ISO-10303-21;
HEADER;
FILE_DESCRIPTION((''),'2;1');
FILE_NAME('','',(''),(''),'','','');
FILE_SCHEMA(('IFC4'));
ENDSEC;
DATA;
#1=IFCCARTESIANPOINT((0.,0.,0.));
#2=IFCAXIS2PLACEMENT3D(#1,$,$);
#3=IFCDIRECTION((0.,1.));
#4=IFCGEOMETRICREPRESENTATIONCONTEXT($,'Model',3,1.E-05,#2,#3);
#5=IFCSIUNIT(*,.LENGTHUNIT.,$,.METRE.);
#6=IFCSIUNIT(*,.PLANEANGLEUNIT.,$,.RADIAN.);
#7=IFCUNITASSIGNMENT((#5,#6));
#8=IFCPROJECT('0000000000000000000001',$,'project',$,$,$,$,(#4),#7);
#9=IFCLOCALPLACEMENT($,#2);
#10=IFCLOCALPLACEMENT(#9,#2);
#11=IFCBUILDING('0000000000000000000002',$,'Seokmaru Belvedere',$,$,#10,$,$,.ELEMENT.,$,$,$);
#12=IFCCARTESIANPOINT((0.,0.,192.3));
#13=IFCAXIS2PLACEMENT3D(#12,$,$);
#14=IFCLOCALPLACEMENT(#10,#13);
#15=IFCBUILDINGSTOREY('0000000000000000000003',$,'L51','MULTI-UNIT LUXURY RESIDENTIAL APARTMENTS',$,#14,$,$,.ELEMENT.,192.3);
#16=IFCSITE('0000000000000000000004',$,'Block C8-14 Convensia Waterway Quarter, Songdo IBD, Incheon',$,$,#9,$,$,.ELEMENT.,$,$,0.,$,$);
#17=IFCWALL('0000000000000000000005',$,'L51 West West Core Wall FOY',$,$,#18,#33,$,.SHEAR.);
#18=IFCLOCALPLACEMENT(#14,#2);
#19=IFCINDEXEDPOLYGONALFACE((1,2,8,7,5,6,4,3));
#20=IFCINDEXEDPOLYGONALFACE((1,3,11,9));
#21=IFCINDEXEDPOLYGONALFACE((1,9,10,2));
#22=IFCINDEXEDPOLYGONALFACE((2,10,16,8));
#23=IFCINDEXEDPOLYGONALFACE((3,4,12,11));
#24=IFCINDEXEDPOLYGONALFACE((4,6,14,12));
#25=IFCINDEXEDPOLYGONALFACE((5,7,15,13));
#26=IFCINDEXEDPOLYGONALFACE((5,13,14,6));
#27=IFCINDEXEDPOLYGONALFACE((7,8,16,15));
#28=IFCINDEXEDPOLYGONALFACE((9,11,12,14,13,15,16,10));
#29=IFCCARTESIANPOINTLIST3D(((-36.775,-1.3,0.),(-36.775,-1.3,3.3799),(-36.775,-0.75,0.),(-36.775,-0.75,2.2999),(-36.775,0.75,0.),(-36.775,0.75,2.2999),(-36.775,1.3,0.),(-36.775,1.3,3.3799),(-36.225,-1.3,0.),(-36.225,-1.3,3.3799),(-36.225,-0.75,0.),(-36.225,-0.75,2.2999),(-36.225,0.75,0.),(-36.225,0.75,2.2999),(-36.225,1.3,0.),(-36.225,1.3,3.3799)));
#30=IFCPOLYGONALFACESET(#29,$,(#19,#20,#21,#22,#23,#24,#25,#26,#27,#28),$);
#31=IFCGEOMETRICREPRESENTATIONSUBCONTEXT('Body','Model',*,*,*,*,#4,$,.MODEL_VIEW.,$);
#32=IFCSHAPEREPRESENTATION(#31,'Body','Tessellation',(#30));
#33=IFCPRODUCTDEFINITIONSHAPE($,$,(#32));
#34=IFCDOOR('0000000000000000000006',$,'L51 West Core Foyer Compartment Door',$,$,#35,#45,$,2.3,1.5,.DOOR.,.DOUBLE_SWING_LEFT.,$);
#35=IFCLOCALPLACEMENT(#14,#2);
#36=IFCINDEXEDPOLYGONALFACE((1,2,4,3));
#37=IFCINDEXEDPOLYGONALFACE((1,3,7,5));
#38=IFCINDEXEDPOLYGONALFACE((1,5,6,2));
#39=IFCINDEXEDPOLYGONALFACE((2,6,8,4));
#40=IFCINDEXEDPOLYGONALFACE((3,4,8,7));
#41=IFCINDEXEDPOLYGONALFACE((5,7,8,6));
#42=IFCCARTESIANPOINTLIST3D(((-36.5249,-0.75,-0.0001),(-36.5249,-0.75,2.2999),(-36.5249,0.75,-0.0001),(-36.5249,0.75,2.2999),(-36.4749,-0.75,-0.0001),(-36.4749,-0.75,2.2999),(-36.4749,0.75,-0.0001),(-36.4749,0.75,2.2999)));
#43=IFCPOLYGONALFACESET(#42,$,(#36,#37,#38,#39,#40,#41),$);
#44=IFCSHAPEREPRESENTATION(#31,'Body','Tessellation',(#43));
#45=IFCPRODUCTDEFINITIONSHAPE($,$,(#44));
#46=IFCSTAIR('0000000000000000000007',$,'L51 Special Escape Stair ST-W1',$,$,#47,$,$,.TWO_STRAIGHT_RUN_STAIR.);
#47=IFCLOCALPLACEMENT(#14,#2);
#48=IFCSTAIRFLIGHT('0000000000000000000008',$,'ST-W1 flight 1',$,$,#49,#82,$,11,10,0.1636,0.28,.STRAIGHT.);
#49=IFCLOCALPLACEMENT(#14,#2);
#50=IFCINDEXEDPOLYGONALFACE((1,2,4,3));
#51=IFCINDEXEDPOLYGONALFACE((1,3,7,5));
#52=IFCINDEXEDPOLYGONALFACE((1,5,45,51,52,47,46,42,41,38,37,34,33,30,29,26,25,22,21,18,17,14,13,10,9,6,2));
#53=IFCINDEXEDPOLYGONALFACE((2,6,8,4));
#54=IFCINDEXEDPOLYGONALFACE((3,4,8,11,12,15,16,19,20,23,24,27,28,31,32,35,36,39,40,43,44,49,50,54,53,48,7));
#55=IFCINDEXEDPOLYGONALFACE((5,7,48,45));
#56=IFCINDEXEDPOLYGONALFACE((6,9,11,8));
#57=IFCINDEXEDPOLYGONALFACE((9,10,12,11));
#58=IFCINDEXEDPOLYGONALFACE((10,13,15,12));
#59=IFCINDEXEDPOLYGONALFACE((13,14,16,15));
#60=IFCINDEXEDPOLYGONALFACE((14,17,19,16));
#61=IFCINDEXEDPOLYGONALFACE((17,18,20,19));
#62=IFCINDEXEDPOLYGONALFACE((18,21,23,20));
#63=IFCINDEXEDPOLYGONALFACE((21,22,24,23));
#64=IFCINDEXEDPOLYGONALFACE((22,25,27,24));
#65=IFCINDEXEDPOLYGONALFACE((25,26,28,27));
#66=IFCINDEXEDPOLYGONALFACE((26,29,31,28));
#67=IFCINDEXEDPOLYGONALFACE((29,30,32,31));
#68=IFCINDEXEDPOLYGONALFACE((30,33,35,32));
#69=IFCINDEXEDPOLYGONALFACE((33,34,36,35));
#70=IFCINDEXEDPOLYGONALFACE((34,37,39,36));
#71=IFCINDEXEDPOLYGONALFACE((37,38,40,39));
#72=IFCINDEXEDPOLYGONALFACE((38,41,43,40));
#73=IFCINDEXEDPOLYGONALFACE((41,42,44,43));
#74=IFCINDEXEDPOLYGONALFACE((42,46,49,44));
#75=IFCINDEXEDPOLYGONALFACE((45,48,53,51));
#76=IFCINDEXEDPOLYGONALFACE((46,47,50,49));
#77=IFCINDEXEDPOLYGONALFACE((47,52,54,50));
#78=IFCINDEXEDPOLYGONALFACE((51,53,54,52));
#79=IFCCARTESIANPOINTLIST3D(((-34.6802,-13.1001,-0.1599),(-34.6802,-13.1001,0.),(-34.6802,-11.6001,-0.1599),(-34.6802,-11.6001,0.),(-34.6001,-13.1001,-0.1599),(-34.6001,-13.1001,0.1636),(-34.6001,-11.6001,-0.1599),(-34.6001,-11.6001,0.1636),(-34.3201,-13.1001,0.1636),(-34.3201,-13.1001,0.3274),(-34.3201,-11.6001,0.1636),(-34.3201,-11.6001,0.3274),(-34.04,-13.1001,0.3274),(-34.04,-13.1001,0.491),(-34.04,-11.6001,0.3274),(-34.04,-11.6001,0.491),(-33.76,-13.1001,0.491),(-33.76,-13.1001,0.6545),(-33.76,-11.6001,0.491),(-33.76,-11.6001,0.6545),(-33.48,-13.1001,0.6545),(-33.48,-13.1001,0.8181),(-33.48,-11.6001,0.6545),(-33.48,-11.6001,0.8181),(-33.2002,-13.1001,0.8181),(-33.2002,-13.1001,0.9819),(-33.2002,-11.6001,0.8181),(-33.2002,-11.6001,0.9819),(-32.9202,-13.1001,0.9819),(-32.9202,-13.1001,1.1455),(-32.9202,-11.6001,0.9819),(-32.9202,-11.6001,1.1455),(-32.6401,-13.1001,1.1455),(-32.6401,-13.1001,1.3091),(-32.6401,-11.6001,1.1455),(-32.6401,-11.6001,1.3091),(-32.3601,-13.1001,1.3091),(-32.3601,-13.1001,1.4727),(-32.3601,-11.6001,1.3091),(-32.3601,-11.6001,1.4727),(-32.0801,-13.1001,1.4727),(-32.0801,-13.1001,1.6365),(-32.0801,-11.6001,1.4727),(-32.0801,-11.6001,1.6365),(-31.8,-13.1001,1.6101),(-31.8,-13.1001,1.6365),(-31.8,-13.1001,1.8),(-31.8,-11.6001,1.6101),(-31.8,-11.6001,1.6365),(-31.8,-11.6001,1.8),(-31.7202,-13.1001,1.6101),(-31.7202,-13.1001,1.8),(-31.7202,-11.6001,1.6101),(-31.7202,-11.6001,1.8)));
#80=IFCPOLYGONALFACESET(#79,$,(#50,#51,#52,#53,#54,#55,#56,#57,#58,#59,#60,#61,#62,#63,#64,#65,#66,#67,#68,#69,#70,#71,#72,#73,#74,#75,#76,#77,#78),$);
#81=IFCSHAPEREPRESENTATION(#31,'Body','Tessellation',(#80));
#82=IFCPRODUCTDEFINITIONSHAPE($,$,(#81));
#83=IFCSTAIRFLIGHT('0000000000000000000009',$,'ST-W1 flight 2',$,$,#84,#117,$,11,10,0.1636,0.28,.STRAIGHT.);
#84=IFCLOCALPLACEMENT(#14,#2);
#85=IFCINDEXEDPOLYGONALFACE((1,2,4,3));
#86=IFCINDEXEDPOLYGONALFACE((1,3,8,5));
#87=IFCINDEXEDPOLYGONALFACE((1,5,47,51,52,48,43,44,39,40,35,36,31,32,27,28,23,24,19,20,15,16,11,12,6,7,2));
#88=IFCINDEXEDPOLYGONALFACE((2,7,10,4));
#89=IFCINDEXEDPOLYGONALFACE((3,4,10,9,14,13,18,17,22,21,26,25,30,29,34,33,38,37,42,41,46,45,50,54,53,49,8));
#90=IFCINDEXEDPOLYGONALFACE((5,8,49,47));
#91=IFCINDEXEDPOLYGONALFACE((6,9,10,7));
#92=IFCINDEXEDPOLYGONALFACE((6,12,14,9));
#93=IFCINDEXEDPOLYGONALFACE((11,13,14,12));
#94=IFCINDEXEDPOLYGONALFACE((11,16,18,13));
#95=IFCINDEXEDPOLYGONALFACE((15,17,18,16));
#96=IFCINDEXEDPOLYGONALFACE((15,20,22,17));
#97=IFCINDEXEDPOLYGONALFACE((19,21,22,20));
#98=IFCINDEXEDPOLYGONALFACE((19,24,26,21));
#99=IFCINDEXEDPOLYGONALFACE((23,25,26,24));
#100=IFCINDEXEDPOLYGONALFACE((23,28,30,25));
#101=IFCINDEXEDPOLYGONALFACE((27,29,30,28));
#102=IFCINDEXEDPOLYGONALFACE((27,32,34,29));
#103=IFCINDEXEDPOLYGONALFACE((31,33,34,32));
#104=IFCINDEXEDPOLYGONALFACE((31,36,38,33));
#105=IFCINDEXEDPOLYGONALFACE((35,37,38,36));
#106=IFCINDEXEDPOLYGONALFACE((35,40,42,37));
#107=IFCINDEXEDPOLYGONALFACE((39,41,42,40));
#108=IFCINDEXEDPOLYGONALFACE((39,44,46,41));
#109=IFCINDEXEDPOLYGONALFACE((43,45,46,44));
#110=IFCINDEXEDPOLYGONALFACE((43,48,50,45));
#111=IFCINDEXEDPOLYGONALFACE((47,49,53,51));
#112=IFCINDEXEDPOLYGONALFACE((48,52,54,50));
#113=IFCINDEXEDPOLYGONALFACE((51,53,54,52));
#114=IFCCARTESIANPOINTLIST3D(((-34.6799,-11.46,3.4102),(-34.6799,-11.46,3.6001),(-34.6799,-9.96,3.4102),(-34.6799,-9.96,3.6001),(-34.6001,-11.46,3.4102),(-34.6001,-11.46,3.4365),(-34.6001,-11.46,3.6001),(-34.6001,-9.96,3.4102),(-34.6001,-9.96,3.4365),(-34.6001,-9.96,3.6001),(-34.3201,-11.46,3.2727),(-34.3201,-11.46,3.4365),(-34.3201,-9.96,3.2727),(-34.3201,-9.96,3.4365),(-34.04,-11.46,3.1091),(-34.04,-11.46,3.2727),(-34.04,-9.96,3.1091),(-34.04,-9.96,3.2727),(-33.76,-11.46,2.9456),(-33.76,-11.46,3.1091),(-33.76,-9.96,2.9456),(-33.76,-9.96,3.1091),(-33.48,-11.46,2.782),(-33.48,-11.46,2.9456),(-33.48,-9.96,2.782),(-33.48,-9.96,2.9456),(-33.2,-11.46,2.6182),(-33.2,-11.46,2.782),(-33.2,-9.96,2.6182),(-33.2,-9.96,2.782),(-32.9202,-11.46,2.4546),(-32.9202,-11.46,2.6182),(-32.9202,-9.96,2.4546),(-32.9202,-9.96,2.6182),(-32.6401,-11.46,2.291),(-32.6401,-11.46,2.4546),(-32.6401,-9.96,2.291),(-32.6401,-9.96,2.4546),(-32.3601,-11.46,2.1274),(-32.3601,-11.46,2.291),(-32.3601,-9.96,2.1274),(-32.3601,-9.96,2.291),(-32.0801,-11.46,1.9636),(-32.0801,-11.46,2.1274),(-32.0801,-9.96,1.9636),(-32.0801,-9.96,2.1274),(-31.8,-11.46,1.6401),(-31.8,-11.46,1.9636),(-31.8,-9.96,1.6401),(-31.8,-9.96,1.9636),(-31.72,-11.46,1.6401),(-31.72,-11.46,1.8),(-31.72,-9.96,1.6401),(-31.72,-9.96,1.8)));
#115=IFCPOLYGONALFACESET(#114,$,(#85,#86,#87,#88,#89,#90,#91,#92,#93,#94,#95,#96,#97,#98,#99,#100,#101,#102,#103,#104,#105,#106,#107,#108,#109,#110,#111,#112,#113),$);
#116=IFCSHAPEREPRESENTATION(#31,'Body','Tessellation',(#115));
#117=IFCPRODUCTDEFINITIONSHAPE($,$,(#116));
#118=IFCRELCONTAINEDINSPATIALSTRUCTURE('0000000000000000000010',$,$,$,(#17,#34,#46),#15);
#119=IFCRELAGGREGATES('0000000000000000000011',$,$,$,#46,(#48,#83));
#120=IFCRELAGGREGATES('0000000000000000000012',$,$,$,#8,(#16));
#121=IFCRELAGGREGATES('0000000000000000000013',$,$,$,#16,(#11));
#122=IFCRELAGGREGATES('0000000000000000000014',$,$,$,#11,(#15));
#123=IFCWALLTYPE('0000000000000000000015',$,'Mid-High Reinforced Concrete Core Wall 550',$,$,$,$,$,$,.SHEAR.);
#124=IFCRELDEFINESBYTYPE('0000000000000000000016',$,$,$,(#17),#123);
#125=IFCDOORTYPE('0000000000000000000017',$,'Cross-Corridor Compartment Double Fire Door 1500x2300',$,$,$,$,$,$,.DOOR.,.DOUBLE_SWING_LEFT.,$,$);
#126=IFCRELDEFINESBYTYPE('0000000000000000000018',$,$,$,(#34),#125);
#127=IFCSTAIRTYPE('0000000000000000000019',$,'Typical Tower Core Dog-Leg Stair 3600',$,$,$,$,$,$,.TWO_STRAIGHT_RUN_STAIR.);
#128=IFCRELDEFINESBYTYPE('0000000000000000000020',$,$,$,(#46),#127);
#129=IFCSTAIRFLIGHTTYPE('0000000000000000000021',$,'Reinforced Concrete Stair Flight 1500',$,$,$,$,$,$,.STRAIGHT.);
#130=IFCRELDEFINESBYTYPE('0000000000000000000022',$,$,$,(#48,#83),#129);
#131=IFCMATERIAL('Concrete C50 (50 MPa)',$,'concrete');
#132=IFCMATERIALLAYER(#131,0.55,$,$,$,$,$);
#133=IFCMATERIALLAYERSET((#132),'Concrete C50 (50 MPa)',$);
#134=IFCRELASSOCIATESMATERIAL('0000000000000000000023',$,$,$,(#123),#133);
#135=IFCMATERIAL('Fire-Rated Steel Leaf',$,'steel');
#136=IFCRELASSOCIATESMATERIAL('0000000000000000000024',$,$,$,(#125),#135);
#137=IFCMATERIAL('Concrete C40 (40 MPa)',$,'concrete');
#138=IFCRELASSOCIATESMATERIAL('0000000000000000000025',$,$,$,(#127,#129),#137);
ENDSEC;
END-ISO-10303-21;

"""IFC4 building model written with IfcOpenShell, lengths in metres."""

from ifc_helpers import new_model, si_unit, direction, frame, frame_2d, origin, place, context, subcontext, project, spatial, polyline, rectangle, outline, extrude, source, transform, mapped, material, layer, layer_set, type_object, type_shapes, element, fill, aggregate, save


model = new_model("IFC4")

# Units and contexts
model_context = context("Model", 3, precision=1e-05, world=origin(), true_north=direction((0.0, 1.0)))
body_context = subcontext(model_context, "Body", "Model", "MODEL_VIEW")
ifc_project = project(units=[si_unit("LENGTHUNIT", "METRE"), si_unit("PLANEANGLEUNIT", "RADIAN")], contexts=[model_context])

# Site, building, storey
site_placement = place(None, origin())
site = spatial("IfcSite", under=ifc_project, at=site_placement, Name="Block C8-14 Convensia Waterway Quarter, Songdo IBD, Incheon", CompositionType="ELEMENT", RefElevation=0.0)
building_placement = place(site_placement, origin())
building = spatial("IfcBuilding", under=site, at=building_placement, Name="Seokmaru Belvedere", CompositionType="ELEMENT")
storey_placement = place(building_placement, frame((0.0, 0.0, 192.3)))
storey = spatial("IfcBuildingStorey", under=building, at=storey_placement, Name="L51", Description="MULTI-UNIT LUXURY RESIDENTIAL APARTMENTS", CompositionType="ELEMENT", Elevation=192.3)

# Shared definitions
ifc_material_1 = material(Name="Fire-Rated Steel Leaf", Category="steel")

# Wall, opening, door
ifc_material_2 = material(Name="Concrete C50 (50 MPa)", Category="concrete")
ifc_layer_1 = layer(ifc_material_2, 0.55)
ifc_layer_set_1 = layer_set([ifc_layer_1], Name="Concrete C50 (50 MPa)")
wall_type_1 = type_object("IfcWallType", Name="Mid-High Reinforced Concrete Core Wall 550", PredefinedType="SHEAR", material=ifc_layer_set_1)
wall_1_placement = place(storey_placement, frame((-36.5, -1.3, 0.0), z_axis=(0.0, 0.0, 1.0), x_axis=(0.0, 1.0, 0.0)))
wall_1 = element("IfcWall", 1, at=wall_1_placement, inside=storey, type_object=wall_type_1, Name="L51 West West Core Wall FOY", PredefinedType="SHEAR", context=body_context, shape_type="SweptSolid", body=[
    extrude(rectangle(XDim=2.6001, YDim=0.55, at=frame_2d((1.3, 0.0))), origin(), (0.0, 0.0, 1.0), 3.3799),
])
opening_1_placement = place(wall_1_placement, frame((0.55, 0.0, 0.0)))
opening_1 = element("IfcOpeningElement", 2, at=opening_1_placement, cuts=wall_1, PredefinedType="OPENING", context=body_context, shape_type="SweptSolid", body=[
    extrude(rectangle(XDim=1.5, YDim=2.3, at=frame_2d((0.75, 1.1499))), frame((0.0, 0.2852, 0.0), z_axis=(0.0, -1.0, 0.0), x_axis=(1.0, 0.0, 0.0)), (0.0, 0.0, 1.0), 0.5701),
])
door_type_1 = type_object("IfcDoorType", Name="Cross-Corridor Compartment Double Fire Door 1500x2300", OperationType="DOUBLE_SWING_LEFT", PredefinedType="DOOR", material=ifc_material_1)
shared_shape_1 = source(origin(), body_context, "Body", "SweptSolid", [
    extrude(rectangle(XDim=1.5, YDim=2.3, at=frame_2d((0.75, 1.1499))), frame((0.0, 0.0249, 0.0), z_axis=(0.0, -1.0, 0.0), x_axis=(1.0, 0.0, 0.0)), (0.0, 0.0, 1.0), 0.05),
])
type_shapes(door_type_1, [shared_shape_1])
door_1_placement = place(opening_1_placement, origin())
door_1 = element("IfcDoor", 3, at=door_1_placement, inside=storey, type_object=door_type_1, Name="L51 West Core Foyer Compartment Door", OperationType="DOUBLE_SWING_LEFT", OverallHeight=2.3, OverallWidth=1.5, PredefinedType="DOOR", context=body_context, shape_type="MappedRepresentation", body=[
    mapped(shared_shape_1, transform((0.0, 0.0, 0.0), scale=1.0)),
])
fill(opening_1, door_1)

# Stair, stair flights
ifc_material_3 = material(Name="Concrete C40 (40 MPa)", Category="concrete")
stair_type = type_object("IfcStairType", Name="Typical Tower Core Dog-Leg Stair 3600", PredefinedType="TWO_STRAIGHT_RUN_STAIR", material=ifc_material_3)
stair_placement = place(storey_placement, origin())
stair = element("IfcStair", 4, at=stair_placement, inside=storey, type_object=stair_type, Name="L51 Special Escape Stair ST-W1", PredefinedType="TWO_STRAIGHT_RUN_STAIR")
stair_flight_type = type_object("IfcStairFlightType", Name="Reinforced Concrete Stair Flight 1500", PredefinedType="STRAIGHT", material=ifc_material_3)
stair_flight_1_placement = place(storey_placement, frame((-34.6001, -12.3501, 0.0), z_axis=(0.0, 0.0, 1.0), x_axis=(1.0, 0.0, 0.0)))
stair_flight_1 = element("IfcStairFlight", 5, at=stair_flight_1_placement, type_object=stair_flight_type, Name="ST-W1 flight 1", NumberOfRisers=11, NumberOfTreads=10, PredefinedType="STRAIGHT", RiserHeight=0.1636, TreadLength=0.28, context=body_context, shape_type="SweptSolid", body=[
    extrude(outline(polyline([(-0.0801, 0.0), (0.0, 0.1636), (0.28, 0.1636), (0.28, 0.3274), (0.5601, 0.3274), (0.5601, 0.491), (0.8401, 0.491), (0.8401, 0.6545), (1.1201, 0.6545), (1.1201, 0.8181), (1.3999, 0.8181), (1.3999, 0.9819), (1.6799, 0.9819), (1.6799, 1.1455), (1.96, 1.1455), (1.96, 1.3091), (2.24, 1.3091), (2.24, 1.4727), (2.52, 1.4727), (2.52, 1.6365), (2.8, 1.6365), (2.8, 1.8), (2.8799, 1.8), (2.8799, 1.6101), (2.8, 1.6101), (0.0, -0.1599), (-0.0801, -0.1599), (-0.0801, 0.0)])), frame((0.0, 0.75, 0.0), z_axis=(0.0, -1.0, 0.0), x_axis=(1.0, 0.0, 0.0)), (0.0, 0.0, 1.0), 1.5),
])
stair_flight_2_placement = place(storey_placement, frame((-31.8, -10.71, 1.8), z_axis=(0.0, 0.0, 1.0), x_axis=(-1.0, 0.0, 0.0)))
stair_flight_2 = element("IfcStairFlight", 6, at=stair_flight_2_placement, type_object=stair_flight_type, Name="ST-W1 flight 2", NumberOfRisers=11, NumberOfTreads=10, PredefinedType="STRAIGHT", RiserHeight=0.1636, TreadLength=0.28, context=body_context, shape_type="SweptSolid", body=[
    extrude(outline(polyline([(-0.0801, 0.0), (0.0, 0.1636), (0.28, 0.1636), (0.28, 0.3274), (0.5601, 0.3274), (0.5601, 0.491), (0.8401, 0.491), (0.8401, 0.6545), (1.1201, 0.6545), (1.1201, 0.8181), (1.3999, 0.8181), (1.3999, 0.9819), (1.6799, 0.9819), (1.6799, 1.1455), (1.96, 1.1455), (1.96, 1.3091), (2.24, 1.3091), (2.24, 1.4727), (2.52, 1.4727), (2.52, 1.6365), (2.8, 1.6365), (2.8, 1.8), (2.8799, 1.8), (2.8799, 1.6101), (2.8, 1.6101), (0.0, -0.1599), (-0.0801, -0.1599), (-0.0801, 0.0)])), frame((0.0, 0.75, 0.0), z_axis=(0.0, -1.0, 0.0), x_axis=(1.0, 0.0, 0.0)), (0.0, 0.0, 1.0), 1.5),
])
aggregate(stair, [stair_flight_1, stair_flight_2])

save(model, "model.ifc")
